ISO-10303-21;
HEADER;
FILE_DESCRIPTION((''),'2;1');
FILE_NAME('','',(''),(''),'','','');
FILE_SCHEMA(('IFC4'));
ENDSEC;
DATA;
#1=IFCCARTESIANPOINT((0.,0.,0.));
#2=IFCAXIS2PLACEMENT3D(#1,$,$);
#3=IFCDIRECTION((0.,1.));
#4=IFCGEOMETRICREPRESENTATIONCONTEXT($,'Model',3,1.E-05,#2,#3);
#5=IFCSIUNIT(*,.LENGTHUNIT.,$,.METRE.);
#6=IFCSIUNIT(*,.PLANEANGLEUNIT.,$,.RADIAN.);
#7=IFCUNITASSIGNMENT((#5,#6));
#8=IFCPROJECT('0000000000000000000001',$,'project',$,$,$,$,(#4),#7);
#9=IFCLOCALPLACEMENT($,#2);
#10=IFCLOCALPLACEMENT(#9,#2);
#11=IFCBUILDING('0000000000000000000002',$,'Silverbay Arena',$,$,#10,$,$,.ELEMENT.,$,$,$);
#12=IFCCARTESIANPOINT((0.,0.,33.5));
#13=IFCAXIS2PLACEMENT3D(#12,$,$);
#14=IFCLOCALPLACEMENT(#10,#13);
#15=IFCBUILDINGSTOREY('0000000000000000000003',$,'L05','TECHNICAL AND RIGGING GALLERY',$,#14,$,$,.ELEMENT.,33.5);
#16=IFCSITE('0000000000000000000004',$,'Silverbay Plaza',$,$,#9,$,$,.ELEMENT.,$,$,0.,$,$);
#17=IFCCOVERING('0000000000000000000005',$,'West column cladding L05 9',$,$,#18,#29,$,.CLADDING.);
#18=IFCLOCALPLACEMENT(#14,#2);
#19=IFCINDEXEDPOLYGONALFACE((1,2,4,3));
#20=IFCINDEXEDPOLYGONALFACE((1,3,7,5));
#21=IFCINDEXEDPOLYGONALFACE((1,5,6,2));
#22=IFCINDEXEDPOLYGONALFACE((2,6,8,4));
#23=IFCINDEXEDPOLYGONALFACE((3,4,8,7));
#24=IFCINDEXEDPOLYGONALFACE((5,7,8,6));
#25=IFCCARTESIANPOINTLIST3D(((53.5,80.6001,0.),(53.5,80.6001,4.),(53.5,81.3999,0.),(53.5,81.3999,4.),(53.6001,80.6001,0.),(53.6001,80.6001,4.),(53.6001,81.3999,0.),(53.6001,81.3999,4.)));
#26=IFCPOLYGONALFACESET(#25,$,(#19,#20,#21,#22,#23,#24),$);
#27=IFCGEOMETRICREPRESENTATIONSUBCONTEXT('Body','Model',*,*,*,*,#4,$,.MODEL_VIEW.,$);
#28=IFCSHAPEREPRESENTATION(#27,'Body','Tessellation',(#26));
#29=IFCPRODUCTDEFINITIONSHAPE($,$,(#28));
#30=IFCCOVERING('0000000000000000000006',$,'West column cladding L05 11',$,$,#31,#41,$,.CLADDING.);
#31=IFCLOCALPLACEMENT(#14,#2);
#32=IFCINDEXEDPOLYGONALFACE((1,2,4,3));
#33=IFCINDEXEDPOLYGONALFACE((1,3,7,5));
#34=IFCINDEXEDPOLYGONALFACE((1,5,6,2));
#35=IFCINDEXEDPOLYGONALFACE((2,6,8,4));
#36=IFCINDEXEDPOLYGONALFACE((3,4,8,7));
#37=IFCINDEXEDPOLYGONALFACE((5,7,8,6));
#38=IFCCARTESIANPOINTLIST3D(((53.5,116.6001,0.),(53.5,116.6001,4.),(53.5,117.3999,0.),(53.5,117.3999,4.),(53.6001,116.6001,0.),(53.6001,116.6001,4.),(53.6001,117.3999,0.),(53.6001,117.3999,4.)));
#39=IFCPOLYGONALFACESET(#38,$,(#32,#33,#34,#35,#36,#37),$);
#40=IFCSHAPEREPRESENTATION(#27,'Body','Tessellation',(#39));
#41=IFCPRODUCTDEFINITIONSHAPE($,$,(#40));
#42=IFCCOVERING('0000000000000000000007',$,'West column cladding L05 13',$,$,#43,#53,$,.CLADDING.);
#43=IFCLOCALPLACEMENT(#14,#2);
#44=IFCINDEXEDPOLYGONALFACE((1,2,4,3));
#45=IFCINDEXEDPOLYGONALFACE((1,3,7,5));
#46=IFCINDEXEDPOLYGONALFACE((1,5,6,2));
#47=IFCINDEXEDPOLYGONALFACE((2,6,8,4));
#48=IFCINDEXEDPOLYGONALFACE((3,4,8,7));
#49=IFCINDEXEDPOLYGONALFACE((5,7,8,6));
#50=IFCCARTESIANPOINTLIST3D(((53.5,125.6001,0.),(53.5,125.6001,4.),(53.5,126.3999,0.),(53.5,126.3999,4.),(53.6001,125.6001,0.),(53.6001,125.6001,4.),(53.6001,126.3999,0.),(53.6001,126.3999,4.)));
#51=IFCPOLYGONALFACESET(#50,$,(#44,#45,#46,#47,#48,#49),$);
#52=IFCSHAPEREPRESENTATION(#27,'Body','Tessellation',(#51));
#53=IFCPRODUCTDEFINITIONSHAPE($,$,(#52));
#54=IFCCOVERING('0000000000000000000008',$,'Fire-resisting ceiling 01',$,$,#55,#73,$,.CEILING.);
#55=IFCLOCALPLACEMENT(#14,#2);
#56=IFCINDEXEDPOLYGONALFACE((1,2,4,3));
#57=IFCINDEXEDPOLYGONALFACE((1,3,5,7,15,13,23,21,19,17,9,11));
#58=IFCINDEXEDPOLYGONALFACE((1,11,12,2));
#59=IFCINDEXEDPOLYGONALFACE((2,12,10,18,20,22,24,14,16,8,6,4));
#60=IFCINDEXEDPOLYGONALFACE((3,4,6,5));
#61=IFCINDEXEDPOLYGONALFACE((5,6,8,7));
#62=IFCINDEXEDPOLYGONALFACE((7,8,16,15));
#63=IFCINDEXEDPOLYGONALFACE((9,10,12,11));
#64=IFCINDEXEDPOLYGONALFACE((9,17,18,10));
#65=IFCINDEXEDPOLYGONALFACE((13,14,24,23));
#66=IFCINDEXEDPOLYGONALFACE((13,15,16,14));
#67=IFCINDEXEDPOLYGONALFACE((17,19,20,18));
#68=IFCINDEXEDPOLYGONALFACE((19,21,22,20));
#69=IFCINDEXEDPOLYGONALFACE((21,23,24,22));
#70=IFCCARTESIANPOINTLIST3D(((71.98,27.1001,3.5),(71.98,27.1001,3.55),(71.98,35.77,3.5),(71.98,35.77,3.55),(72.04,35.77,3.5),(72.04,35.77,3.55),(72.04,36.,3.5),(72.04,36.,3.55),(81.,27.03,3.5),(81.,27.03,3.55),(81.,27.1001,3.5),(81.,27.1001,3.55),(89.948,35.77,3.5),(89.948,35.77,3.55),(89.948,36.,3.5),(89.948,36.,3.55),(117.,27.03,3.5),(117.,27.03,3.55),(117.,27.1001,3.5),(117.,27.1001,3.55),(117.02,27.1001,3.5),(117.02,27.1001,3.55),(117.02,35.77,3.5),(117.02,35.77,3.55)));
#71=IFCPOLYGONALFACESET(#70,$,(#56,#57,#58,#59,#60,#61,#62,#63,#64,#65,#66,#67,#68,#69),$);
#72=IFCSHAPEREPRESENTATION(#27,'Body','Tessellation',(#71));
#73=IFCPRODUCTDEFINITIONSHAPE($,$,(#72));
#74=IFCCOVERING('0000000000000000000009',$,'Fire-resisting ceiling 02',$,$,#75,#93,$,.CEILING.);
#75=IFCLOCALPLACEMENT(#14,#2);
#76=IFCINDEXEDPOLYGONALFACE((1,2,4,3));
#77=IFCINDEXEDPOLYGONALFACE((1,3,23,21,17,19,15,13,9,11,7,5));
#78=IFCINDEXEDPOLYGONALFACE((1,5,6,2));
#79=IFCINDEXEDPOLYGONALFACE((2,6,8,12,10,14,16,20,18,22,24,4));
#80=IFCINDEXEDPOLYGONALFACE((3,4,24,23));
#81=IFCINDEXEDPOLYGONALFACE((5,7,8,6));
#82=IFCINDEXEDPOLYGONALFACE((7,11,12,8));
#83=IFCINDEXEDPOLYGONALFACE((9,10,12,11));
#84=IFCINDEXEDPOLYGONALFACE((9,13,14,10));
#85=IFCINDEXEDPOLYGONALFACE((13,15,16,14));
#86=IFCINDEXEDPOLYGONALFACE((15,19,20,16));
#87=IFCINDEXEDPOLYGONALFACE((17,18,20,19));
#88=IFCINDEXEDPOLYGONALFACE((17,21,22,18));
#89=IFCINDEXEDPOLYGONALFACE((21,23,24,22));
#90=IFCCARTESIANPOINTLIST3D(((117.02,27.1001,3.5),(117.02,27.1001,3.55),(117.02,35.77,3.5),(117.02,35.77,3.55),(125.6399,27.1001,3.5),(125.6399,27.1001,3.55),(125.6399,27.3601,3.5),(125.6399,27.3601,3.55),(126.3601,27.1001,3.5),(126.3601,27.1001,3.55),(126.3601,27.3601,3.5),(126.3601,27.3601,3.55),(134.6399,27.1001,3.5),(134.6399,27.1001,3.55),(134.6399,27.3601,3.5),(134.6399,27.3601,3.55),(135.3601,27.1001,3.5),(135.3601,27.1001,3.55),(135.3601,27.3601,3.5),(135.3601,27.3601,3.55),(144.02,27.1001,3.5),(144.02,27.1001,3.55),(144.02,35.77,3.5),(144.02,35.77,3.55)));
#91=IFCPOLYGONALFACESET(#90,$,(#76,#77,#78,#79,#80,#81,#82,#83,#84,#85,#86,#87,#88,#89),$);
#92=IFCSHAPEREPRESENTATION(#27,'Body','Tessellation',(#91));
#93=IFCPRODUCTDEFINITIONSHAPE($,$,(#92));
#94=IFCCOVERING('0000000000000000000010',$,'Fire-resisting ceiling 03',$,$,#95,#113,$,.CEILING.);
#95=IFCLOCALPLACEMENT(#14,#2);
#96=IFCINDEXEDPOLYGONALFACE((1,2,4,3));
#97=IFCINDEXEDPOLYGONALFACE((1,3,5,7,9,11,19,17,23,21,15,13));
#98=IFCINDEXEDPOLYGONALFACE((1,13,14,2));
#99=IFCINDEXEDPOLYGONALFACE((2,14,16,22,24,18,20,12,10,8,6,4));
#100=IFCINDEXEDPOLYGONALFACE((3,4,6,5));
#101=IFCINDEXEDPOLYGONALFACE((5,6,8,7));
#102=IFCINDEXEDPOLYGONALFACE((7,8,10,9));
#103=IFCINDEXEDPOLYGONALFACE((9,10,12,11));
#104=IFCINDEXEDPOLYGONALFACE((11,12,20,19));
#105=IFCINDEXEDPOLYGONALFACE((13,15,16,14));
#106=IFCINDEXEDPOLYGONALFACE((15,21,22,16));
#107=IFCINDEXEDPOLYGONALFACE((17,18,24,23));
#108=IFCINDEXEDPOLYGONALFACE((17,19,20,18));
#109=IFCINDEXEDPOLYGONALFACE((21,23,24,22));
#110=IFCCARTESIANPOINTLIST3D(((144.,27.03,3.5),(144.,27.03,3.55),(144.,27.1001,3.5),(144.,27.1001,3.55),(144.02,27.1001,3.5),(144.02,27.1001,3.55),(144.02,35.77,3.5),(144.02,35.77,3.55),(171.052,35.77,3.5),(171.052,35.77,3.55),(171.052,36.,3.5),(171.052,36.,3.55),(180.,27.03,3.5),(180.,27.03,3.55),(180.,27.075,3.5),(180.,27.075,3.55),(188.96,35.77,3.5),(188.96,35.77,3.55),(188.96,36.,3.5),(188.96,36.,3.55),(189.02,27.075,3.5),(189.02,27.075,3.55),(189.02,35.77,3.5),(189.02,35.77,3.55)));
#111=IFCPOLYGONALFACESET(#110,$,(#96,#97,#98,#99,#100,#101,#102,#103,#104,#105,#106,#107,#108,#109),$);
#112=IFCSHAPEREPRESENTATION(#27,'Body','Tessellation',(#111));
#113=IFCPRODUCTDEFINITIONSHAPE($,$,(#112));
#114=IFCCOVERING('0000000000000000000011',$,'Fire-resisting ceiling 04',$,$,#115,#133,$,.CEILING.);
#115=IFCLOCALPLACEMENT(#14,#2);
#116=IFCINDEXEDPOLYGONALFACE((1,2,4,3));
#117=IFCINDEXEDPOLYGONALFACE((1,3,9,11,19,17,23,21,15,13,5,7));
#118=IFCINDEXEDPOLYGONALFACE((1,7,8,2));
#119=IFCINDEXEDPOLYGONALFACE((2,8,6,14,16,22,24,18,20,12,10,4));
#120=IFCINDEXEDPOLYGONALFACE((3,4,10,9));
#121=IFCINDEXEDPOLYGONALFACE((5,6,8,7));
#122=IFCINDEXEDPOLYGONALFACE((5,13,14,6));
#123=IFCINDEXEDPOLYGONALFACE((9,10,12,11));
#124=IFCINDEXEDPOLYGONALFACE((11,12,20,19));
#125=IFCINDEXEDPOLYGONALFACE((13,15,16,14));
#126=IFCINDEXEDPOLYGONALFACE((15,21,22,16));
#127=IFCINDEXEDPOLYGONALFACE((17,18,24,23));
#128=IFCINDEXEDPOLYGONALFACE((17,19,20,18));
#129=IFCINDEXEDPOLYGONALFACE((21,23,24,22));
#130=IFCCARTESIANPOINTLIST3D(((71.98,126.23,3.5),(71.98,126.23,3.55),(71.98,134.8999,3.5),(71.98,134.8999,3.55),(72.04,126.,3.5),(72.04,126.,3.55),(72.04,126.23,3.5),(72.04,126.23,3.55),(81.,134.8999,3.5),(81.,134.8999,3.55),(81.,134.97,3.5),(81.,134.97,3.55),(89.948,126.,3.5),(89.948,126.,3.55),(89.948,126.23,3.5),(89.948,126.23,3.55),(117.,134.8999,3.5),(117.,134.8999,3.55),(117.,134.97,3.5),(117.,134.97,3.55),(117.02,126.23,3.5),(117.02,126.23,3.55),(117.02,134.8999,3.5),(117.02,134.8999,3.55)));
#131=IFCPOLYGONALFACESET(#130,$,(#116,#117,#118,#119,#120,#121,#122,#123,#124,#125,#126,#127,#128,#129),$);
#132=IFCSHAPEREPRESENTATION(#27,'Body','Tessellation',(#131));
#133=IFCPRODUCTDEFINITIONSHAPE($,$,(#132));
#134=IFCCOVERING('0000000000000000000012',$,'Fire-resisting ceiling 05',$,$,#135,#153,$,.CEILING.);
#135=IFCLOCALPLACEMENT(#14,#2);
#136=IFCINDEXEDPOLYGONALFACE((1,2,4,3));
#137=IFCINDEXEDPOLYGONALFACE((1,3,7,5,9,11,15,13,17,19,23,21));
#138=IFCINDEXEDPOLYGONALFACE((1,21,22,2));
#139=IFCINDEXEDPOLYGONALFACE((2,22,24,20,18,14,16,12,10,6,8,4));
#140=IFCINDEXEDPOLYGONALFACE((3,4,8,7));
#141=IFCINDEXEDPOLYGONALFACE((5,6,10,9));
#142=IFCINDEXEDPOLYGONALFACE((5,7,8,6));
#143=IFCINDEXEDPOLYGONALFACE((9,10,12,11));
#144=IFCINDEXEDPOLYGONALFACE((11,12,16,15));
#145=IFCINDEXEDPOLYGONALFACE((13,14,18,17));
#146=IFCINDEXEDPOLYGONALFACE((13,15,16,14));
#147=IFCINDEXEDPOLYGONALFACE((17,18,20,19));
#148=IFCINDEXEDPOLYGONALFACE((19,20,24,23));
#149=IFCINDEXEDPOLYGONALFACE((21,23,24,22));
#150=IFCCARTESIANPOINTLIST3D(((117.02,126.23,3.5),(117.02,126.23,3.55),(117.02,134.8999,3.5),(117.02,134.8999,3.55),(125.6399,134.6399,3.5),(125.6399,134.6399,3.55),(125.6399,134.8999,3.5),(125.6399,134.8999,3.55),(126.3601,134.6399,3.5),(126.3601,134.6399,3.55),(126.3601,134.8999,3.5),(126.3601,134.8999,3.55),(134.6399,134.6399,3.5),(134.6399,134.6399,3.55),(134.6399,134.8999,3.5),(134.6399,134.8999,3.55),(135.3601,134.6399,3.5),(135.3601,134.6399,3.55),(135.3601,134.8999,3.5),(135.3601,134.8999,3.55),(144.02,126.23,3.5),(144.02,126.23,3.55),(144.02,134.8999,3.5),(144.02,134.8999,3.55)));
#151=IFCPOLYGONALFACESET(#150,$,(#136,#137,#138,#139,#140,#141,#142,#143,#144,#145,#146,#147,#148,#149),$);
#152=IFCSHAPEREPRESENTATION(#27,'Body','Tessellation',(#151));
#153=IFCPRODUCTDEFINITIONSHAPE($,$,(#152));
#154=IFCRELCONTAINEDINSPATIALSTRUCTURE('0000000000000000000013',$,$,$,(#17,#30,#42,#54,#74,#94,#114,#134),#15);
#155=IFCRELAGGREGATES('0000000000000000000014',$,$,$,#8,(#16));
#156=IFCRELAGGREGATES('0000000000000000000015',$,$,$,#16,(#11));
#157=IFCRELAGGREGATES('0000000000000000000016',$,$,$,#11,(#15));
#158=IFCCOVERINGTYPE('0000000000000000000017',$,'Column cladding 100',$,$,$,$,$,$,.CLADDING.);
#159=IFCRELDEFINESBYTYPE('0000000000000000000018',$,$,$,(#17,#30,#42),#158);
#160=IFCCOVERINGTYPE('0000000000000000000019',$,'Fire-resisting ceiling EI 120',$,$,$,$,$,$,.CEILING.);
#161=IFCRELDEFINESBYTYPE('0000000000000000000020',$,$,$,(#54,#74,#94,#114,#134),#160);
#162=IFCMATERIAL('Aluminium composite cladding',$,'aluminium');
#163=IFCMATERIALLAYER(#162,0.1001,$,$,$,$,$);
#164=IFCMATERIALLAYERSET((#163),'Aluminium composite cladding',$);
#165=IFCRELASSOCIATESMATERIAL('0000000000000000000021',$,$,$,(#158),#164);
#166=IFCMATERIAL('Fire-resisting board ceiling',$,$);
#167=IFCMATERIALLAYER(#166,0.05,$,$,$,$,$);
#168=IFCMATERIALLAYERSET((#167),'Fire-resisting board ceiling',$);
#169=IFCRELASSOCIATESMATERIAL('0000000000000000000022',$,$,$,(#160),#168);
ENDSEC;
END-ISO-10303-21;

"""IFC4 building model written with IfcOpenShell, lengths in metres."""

from ifc_helpers import new_model, si_unit, direction, frame, origin, place, context, subcontext, project, spatial, polyline, outline, extrude, material, layer, layer_set, type_object, element, save


model = new_model("IFC4")

# Units and contexts
model_context = context("Model", 3, precision=1e-05, world=origin(), true_north=direction((0.0, 1.0)))
body_context = subcontext(model_context, "Body", "Model", "MODEL_VIEW")
ifc_project = project(units=[si_unit("LENGTHUNIT", "METRE"), si_unit("PLANEANGLEUNIT", "RADIAN")], contexts=[model_context])

# Site, building, storey
site_placement = place(None, origin())
site = spatial("IfcSite", under=ifc_project, at=site_placement, Name="Silverbay Plaza", CompositionType="ELEMENT", RefElevation=0.0)
building_placement = place(site_placement, origin())
building = spatial("IfcBuilding", under=site, at=building_placement, Name="Silverbay Arena", CompositionType="ELEMENT")
storey_placement = place(building_placement, frame((0.0, 0.0, 33.5)))
storey = spatial("IfcBuildingStorey", under=building, at=storey_placement, Name="L05", Description="TECHNICAL AND RIGGING GALLERY", CompositionType="ELEMENT", Elevation=33.5)

# Coverings
ifc_material_1 = material(Name="Aluminium composite cladding", Category="aluminium")
ifc_layer_1 = layer(ifc_material_1, 0.1001)
ifc_layer_set_1 = layer_set([ifc_layer_1], Name="Aluminium composite cladding")
covering_type_1 = type_object("IfcCoveringType", Name="Column cladding 100", PredefinedType="CLADDING", material=ifc_layer_set_1)
covering_1_placement = place(storey_placement, origin())
element("IfcCovering", 1, at=covering_1_placement, inside=storey, type_object=covering_type_1, Name="West column cladding L05 9", PredefinedType="CLADDING", context=body_context, shape_type="SweptSolid", body=[
    extrude(outline(polyline([(53.5, 80.6001), (53.6001, 80.6001), (53.6001, 81.3999), (53.5, 81.3999), (53.5, 80.6001)])), origin(), (0.0, 0.0, 1.0), 4.0),
])
covering_2_placement = place(storey_placement, origin())
element("IfcCovering", 2, at=covering_2_placement, inside=storey, type_object=covering_type_1, Name="West column cladding L05 11", PredefinedType="CLADDING", context=body_context, shape_type="SweptSolid", body=[
    extrude(outline(polyline([(53.5, 116.6001), (53.6001, 116.6001), (53.6001, 117.3999), (53.5, 117.3999), (53.5, 116.6001)])), origin(), (0.0, 0.0, 1.0), 4.0),
])
covering_3_placement = place(storey_placement, origin())
element("IfcCovering", 3, at=covering_3_placement, inside=storey, type_object=covering_type_1, Name="West column cladding L05 13", PredefinedType="CLADDING", context=body_context, shape_type="SweptSolid", body=[
    extrude(outline(polyline([(53.5, 125.6001), (53.6001, 125.6001), (53.6001, 126.3999), (53.5, 126.3999), (53.5, 125.6001)])), origin(), (0.0, 0.0, 1.0), 4.0),
])
ifc_material_2 = material(Name="Fire-resisting board ceiling")
ifc_layer_2 = layer(ifc_material_2, 0.05)
ifc_layer_set_2 = layer_set([ifc_layer_2], Name="Fire-resisting board ceiling")
covering_type_2 = type_object("IfcCoveringType", Name="Fire-resisting ceiling EI 120", PredefinedType="CEILING", material=ifc_layer_set_2)
covering_4_placement = place(storey_placement, frame((0.0, 0.0, 3.5)))
element("IfcCovering", 4, at=covering_4_placement, inside=storey, type_object=covering_type_2, Name="Fire-resisting ceiling 01", PredefinedType="CEILING", context=body_context, shape_type="SweptSolid", body=[
    extrude(outline(polyline([(89.948, 35.77), (89.948, 36.0), (72.04, 36.0), (72.04, 35.77), (71.98, 35.77), (71.98, 27.1001), (81.0, 27.1001), (81.0, 27.03), (117.0, 27.03), (117.0, 27.1001), (117.02, 27.1001), (117.02, 35.77), (89.948, 35.77)])), origin(), (0.0, 0.0, 1.0), 0.05),
])
covering_5_placement = place(storey_placement, frame((0.0, 0.0, 3.5)))
element("IfcCovering", 5, at=covering_5_placement, inside=storey, type_object=covering_type_2, Name="Fire-resisting ceiling 02", PredefinedType="CEILING", context=body_context, shape_type="SweptSolid", body=[
    extrude(outline(polyline([(144.02, 27.1001), (144.02, 35.77), (117.02, 35.77), (117.02, 27.1001), (125.6399, 27.1001), (125.6399, 27.3601), (126.3601, 27.3601), (126.3601, 27.1001), (134.6399, 27.1001), (134.6399, 27.3601), (135.3601, 27.3601), (135.3601, 27.1001), (144.02, 27.1001)])), origin(), (0.0, 0.0, 1.0), 0.05),
])
covering_6_placement = place(storey_placement, frame((0.0, 0.0, 3.5)))
element("IfcCovering", 6, at=covering_6_placement, inside=storey, type_object=covering_type_2, Name="Fire-resisting ceiling 03", PredefinedType="CEILING", context=body_context, shape_type="SweptSolid", body=[
    extrude(outline(polyline([(188.96, 35.77), (188.96, 36.0), (171.052, 36.0), (171.052, 35.77), (144.02, 35.77), (144.02, 27.1001), (144.0, 27.1001), (144.0, 27.03), (180.0, 27.03), (180.0, 27.075), (189.02, 27.075), (189.02, 35.77), (188.96, 35.77)])), origin(), (0.0, 0.0, 1.0), 0.05),
])
covering_7_placement = place(storey_placement, frame((0.0, 0.0, 3.5)))
element("IfcCovering", 7, at=covering_7_placement, inside=storey, type_object=covering_type_2, Name="Fire-resisting ceiling 04", PredefinedType="CEILING", context=body_context, shape_type="SweptSolid", body=[
    extrude(outline(polyline([(72.04, 126.0), (89.948, 126.0), (89.948, 126.23), (117.02, 126.23), (117.02, 134.8999), (117.0, 134.8999), (117.0, 134.97), (81.0, 134.97), (81.0, 134.8999), (71.98, 134.8999), (71.98, 126.23), (72.04, 126.23), (72.04, 126.0)])), origin(), (0.0, 0.0, 1.0), 0.05),
])
covering_8_placement = place(storey_placement, frame((0.0, 0.0, 3.5)))
element("IfcCovering", 8, at=covering_8_placement, inside=storey, type_object=covering_type_2, Name="Fire-resisting ceiling 05", PredefinedType="CEILING", context=body_context, shape_type="SweptSolid", body=[
    extrude(outline(polyline([(117.02, 134.8999), (117.02, 126.23), (144.02, 126.23), (144.02, 134.8999), (135.3601, 134.8999), (135.3601, 134.6399), (134.6399, 134.6399), (134.6399, 134.8999), (126.3601, 134.8999), (126.3601, 134.6399), (125.6399, 134.6399), (125.6399, 134.8999), (117.02, 134.8999)])), origin(), (0.0, 0.0, 1.0), 0.05),
])

save(model, "model.ifc")
